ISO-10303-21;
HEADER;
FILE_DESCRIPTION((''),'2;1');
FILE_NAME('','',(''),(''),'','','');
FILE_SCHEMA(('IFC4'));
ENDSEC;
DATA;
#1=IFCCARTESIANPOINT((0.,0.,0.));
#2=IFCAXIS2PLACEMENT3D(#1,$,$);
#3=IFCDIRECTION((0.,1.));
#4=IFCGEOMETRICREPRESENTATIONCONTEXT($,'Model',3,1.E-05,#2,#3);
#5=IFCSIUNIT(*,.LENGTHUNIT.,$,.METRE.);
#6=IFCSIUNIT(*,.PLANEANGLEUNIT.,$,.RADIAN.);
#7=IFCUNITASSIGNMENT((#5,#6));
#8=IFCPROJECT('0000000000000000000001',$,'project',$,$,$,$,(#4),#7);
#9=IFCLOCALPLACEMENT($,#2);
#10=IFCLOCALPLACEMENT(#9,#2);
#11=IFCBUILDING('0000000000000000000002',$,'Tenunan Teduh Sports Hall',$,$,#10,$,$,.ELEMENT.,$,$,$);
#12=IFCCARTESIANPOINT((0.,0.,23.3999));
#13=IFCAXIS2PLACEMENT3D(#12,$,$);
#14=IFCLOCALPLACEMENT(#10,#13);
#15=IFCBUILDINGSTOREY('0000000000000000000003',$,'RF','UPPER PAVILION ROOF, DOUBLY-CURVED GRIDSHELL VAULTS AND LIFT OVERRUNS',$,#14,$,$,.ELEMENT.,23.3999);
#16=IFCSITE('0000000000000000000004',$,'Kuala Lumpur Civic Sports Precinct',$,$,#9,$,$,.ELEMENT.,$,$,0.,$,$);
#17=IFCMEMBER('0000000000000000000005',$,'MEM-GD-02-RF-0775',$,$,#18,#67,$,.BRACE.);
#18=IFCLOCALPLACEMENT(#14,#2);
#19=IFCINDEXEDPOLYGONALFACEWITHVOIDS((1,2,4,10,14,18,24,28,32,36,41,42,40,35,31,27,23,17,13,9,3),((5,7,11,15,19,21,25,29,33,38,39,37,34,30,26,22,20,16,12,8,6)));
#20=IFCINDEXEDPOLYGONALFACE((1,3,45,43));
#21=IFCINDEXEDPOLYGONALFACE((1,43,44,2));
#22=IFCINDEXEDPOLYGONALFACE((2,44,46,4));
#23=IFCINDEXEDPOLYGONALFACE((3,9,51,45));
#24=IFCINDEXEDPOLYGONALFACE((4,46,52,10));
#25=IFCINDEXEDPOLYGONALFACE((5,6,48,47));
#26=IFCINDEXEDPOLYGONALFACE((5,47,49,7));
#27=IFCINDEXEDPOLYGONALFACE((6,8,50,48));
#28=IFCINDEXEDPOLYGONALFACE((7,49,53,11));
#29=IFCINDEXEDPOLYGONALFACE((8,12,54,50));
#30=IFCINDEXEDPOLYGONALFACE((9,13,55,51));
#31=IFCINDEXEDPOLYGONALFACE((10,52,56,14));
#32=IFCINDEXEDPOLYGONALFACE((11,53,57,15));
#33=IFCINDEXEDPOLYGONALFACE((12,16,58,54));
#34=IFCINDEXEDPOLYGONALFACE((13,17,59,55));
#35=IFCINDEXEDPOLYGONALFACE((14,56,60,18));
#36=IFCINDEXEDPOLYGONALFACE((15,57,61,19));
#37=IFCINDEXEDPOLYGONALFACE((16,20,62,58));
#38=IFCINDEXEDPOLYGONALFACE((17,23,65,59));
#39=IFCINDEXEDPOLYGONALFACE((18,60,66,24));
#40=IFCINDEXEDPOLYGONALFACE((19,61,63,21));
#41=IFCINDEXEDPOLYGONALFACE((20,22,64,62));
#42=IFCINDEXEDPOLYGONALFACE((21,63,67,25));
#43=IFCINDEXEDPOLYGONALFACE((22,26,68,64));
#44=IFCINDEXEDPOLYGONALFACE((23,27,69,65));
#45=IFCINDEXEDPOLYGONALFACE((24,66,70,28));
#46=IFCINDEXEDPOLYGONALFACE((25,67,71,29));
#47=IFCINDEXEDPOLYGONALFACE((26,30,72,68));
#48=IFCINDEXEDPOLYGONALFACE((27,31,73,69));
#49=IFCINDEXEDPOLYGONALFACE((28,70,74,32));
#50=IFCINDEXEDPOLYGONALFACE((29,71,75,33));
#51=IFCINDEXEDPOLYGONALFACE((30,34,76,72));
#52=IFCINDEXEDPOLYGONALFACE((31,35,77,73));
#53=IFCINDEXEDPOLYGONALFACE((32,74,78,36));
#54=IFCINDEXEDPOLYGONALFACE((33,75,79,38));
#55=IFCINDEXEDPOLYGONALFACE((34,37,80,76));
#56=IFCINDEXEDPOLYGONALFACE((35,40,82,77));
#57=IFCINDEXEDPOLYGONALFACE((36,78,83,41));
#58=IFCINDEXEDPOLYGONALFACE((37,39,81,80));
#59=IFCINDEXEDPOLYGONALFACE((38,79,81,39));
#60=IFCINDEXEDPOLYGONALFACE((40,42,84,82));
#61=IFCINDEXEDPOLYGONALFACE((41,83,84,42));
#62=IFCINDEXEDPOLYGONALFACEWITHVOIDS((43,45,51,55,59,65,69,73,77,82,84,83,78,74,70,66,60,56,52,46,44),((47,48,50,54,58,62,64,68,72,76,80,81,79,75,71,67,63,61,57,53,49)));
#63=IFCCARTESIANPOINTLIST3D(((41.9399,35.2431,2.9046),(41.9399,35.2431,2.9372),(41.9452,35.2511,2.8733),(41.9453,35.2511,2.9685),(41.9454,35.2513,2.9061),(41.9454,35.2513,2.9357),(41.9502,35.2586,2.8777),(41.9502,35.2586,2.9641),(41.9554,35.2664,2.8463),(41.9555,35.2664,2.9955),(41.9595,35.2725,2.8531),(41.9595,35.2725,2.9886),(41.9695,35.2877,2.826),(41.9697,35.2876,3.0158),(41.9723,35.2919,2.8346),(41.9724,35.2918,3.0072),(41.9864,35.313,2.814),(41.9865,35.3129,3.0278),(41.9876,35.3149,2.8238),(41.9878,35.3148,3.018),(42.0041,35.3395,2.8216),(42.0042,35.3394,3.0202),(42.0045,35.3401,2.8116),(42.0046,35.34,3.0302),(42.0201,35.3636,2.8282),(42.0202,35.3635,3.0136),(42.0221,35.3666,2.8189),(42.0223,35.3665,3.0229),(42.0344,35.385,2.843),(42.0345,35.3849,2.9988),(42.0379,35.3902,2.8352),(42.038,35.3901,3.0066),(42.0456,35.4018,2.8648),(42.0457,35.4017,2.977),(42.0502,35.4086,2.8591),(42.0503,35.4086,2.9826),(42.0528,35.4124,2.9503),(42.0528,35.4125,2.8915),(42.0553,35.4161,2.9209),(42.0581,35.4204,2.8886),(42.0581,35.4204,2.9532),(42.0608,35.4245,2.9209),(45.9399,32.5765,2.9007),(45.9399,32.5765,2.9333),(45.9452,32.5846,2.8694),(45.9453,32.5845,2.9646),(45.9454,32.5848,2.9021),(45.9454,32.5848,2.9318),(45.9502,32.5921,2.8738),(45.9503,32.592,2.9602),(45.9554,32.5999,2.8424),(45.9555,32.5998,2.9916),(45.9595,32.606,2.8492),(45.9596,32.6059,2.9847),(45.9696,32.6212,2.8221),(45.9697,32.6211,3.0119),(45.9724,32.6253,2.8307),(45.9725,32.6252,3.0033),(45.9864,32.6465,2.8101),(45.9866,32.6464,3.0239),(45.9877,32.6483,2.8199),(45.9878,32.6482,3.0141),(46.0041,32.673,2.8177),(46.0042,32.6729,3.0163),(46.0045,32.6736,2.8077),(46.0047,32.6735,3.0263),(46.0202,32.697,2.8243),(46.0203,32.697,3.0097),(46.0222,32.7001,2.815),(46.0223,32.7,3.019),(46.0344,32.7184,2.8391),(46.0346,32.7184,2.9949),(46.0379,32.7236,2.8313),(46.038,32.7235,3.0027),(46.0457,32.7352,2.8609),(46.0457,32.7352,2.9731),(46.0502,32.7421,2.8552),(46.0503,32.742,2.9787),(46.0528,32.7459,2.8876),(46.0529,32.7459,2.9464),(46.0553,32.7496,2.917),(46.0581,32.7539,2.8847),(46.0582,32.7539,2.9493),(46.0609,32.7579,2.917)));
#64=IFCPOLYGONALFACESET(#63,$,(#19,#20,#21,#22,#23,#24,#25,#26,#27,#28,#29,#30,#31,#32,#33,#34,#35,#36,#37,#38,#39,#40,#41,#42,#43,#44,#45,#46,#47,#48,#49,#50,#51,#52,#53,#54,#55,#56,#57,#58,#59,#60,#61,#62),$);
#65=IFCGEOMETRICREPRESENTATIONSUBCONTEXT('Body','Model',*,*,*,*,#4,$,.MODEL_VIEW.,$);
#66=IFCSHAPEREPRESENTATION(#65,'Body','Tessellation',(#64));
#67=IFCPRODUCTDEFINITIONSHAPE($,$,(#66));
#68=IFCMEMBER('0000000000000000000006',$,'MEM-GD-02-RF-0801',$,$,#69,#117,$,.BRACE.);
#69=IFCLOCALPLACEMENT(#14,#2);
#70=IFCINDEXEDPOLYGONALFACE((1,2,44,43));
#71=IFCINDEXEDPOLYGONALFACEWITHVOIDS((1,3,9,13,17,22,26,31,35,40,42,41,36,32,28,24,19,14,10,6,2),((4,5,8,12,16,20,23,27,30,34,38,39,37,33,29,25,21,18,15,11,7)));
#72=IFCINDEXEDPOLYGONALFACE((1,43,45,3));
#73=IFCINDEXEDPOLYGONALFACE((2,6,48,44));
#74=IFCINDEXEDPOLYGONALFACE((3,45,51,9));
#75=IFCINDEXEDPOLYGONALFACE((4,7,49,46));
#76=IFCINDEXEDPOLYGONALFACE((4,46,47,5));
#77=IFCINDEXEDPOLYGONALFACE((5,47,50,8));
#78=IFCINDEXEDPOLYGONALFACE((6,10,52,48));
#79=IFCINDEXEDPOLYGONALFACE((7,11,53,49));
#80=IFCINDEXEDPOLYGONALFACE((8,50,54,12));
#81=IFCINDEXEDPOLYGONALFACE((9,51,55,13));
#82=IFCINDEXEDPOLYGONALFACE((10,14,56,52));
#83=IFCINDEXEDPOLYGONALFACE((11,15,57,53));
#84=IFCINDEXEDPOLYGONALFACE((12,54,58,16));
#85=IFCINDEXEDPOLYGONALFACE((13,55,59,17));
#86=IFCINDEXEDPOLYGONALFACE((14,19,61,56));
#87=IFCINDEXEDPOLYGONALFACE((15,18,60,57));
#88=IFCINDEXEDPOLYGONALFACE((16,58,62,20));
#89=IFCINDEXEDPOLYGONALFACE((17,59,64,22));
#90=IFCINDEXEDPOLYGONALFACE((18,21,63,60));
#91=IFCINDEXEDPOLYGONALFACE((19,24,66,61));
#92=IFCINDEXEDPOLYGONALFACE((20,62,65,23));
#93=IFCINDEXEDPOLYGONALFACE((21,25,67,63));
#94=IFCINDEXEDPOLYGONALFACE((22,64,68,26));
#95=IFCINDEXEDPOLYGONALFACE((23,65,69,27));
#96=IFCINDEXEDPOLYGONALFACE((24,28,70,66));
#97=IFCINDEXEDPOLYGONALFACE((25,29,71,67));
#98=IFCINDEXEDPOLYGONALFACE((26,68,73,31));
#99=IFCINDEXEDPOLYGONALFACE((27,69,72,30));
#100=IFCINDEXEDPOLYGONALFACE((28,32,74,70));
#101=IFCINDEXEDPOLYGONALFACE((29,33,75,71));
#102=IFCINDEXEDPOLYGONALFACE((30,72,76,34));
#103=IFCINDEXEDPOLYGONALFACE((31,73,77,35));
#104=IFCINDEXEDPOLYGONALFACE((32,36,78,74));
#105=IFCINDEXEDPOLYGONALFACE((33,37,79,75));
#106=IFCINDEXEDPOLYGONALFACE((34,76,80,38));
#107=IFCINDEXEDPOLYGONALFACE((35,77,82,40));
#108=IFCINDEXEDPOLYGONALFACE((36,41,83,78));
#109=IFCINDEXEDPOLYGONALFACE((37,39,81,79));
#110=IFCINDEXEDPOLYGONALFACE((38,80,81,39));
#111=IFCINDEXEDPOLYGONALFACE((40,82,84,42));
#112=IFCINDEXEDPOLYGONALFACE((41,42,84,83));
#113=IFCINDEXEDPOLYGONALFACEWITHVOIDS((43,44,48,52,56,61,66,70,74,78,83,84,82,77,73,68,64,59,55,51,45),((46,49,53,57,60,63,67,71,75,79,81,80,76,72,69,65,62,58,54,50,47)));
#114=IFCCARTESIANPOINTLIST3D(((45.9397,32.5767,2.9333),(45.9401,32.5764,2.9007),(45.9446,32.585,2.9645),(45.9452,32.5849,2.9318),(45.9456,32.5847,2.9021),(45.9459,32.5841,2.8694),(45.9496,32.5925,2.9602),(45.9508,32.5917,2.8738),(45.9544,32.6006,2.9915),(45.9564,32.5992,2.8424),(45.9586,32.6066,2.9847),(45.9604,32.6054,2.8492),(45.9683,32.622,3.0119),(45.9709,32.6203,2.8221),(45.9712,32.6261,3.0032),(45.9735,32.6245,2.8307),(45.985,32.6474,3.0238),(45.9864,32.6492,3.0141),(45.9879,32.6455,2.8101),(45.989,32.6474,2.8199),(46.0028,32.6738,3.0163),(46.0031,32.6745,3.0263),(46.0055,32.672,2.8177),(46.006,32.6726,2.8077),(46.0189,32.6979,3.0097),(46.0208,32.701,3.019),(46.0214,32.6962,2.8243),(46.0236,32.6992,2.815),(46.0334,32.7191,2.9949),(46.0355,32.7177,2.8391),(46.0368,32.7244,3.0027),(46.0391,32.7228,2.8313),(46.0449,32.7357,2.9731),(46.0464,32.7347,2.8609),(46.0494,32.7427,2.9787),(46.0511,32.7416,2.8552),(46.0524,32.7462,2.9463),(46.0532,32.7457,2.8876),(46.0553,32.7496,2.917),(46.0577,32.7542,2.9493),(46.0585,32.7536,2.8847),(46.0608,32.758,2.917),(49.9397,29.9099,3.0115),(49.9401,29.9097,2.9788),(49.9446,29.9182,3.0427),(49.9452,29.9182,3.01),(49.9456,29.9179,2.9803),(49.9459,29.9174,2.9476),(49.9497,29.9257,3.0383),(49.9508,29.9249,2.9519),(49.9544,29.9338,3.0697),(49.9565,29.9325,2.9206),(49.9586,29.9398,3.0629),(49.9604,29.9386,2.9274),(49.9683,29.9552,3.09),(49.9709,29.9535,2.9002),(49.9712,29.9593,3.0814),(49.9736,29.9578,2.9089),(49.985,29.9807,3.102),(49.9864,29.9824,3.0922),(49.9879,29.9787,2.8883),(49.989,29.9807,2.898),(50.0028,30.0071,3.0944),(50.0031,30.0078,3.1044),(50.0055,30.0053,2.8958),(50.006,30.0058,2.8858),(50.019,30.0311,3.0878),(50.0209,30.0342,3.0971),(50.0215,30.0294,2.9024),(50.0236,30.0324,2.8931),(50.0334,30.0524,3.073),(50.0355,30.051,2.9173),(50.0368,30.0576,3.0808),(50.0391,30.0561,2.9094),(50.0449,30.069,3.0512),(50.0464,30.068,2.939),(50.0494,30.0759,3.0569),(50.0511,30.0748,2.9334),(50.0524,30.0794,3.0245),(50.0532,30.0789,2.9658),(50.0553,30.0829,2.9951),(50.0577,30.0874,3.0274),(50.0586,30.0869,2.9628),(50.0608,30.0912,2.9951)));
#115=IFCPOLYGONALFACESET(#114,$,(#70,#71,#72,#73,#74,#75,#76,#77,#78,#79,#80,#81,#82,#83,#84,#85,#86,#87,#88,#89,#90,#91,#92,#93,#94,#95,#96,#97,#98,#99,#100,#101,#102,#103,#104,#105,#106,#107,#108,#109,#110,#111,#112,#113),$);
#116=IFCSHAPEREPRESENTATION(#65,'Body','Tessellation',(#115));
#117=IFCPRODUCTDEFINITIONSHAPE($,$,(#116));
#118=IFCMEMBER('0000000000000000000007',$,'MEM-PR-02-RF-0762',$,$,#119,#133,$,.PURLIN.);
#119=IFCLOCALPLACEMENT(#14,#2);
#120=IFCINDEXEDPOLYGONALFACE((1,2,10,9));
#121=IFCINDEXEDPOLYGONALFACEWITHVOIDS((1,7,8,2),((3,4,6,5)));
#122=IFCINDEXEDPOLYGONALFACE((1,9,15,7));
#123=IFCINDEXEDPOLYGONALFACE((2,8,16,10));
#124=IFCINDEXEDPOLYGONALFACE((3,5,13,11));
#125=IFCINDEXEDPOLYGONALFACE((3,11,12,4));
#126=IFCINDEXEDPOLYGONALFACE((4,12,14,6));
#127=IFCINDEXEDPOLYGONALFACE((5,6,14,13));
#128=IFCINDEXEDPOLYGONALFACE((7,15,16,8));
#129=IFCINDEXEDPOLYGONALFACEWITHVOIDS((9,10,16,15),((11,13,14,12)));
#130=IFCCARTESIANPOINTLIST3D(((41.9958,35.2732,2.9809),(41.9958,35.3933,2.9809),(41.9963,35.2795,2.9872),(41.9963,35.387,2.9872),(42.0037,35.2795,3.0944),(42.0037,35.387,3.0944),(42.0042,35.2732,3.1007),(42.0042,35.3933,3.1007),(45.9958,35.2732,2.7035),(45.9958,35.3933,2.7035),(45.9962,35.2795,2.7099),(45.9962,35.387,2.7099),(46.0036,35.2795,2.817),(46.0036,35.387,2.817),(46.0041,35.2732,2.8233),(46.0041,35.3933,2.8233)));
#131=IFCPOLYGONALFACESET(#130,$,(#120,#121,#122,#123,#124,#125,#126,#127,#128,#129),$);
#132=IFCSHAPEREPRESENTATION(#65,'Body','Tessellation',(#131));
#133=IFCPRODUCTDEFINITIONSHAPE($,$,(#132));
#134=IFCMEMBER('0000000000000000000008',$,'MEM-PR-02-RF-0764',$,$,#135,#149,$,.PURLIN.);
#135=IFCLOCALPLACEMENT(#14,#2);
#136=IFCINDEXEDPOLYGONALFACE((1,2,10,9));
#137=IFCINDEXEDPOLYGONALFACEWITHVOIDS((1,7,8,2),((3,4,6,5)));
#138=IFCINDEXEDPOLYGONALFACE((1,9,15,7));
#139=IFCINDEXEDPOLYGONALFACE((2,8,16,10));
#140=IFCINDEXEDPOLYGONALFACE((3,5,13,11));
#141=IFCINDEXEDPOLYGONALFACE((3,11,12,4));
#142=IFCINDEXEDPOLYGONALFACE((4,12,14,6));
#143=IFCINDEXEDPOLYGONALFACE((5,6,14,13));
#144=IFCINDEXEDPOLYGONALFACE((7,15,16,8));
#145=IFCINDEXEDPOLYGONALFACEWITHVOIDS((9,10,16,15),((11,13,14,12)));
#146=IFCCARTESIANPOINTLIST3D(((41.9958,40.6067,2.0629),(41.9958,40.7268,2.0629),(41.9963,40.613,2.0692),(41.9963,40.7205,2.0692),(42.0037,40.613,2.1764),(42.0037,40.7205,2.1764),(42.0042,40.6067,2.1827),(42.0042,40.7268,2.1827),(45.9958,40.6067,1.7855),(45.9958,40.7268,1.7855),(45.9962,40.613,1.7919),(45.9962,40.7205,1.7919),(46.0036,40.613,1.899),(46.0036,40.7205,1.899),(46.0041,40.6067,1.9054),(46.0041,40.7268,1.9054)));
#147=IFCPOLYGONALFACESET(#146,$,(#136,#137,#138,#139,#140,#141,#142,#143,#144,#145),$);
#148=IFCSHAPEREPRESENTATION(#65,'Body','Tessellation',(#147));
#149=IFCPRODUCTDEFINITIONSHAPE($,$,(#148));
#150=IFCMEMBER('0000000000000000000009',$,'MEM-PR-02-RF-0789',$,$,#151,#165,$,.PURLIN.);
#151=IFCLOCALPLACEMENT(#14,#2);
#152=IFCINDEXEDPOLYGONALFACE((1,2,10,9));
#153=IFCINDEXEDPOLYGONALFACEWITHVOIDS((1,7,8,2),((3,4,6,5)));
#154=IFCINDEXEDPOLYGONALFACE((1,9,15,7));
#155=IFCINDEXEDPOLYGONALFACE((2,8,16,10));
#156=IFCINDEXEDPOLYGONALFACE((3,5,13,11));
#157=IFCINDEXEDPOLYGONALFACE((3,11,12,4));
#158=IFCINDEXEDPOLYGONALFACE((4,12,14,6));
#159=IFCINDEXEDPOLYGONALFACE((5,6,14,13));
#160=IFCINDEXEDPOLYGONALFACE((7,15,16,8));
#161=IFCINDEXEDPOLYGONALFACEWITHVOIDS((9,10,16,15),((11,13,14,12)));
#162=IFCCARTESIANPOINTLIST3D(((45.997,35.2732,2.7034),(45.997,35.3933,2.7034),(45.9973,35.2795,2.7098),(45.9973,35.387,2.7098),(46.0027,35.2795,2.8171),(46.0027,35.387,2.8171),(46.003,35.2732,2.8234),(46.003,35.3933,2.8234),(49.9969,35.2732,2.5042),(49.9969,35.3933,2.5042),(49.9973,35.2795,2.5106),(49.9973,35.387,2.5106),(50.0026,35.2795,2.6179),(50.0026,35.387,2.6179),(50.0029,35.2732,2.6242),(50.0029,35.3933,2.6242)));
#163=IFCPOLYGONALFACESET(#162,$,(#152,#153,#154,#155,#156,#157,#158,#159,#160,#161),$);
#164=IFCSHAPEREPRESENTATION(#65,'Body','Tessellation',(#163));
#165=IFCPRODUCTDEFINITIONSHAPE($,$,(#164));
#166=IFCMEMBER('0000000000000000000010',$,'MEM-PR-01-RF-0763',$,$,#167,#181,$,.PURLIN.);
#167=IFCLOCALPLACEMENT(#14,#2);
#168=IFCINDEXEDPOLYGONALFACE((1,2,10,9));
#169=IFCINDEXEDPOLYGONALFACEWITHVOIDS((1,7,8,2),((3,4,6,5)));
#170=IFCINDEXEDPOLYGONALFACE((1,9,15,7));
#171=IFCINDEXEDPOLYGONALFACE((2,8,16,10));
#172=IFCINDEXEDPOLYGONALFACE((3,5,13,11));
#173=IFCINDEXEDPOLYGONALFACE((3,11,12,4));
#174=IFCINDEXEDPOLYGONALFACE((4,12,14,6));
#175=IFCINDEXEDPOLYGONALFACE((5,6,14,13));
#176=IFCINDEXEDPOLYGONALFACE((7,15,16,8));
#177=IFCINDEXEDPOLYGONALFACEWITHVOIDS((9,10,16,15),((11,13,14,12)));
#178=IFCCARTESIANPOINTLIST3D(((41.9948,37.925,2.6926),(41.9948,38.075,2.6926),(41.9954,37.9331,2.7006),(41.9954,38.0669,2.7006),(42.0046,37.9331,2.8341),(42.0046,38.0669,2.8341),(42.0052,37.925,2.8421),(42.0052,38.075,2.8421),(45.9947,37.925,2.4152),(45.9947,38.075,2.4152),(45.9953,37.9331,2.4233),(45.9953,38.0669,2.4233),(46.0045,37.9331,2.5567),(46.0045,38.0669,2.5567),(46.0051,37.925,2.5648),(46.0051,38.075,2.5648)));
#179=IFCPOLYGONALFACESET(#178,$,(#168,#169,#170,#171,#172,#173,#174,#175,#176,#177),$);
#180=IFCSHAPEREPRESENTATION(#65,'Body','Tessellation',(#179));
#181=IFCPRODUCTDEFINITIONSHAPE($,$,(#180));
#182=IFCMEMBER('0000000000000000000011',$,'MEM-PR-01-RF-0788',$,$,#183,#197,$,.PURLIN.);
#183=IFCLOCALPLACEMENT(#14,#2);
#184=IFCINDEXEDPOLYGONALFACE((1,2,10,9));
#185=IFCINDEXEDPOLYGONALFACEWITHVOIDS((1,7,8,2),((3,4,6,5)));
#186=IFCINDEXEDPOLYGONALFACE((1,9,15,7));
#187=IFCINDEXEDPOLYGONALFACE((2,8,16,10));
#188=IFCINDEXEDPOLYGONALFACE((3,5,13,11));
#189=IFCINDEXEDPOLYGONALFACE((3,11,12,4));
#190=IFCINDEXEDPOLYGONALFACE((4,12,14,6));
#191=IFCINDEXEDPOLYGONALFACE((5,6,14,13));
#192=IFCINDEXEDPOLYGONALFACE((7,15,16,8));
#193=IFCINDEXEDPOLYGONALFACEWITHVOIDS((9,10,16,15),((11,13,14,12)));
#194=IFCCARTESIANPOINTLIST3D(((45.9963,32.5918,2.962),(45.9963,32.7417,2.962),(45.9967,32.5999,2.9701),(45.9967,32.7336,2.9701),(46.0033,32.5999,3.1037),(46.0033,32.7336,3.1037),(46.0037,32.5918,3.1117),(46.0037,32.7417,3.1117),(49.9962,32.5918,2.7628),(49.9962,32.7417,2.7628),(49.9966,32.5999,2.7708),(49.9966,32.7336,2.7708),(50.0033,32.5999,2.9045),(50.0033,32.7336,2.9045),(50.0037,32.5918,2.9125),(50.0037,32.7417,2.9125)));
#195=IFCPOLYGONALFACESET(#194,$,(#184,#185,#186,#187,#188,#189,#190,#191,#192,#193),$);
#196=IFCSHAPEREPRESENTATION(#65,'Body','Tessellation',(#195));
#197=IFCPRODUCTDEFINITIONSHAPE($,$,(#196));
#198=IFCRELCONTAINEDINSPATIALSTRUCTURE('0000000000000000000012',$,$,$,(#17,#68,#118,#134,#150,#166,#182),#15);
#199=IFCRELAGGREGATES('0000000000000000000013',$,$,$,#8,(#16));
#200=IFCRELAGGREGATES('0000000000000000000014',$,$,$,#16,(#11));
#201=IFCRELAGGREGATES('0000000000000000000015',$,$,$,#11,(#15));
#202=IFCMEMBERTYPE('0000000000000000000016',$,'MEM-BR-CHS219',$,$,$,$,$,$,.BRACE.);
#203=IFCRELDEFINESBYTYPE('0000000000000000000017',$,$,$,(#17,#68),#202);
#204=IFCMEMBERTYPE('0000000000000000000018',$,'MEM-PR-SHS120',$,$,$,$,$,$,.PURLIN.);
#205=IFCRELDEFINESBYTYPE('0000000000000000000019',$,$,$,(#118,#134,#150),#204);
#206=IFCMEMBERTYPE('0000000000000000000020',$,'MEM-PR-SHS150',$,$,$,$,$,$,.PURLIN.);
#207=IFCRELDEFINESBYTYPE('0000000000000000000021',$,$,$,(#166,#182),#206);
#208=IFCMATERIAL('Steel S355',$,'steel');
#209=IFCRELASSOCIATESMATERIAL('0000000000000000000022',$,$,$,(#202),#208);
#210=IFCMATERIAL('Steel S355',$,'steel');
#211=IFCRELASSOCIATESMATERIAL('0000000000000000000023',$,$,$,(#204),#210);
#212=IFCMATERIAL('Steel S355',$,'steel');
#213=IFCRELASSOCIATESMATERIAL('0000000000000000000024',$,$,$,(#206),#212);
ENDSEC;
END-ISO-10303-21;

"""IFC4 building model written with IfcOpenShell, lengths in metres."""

from ifc_helpers import new_model, si_unit, direction, frame, origin, origin_2d, place, context, subcontext, project, spatial, hollow_rectangle, hollow_circle, extrude, material, material_profile, profile_set, type_object, element, save


model = new_model("IFC4")

# Units and contexts
model_context = context("Model", 3, precision=1e-05, world=origin(), true_north=direction((0.0, 1.0)))
body_context = subcontext(model_context, "Body", "Model", "MODEL_VIEW")
ifc_project = project(units=[si_unit("LENGTHUNIT", "METRE"), si_unit("PLANEANGLEUNIT", "RADIAN")], contexts=[model_context])

# Site, building, storey
site_placement = place(None, origin())
site = spatial("IfcSite", under=ifc_project, at=site_placement, Name="Kuala Lumpur Civic Sports Precinct", CompositionType="ELEMENT", RefElevation=0.0)
building_placement = place(site_placement, origin())
building = spatial("IfcBuilding", under=site, at=building_placement, Name="Tenunan Teduh Sports Hall", CompositionType="ELEMENT")
storey_placement = place(building_placement, frame((0.0, 0.0, 23.3999)))
storey = spatial("IfcBuildingStorey", under=building, at=storey_placement, Name="RF", Description="UPPER PAVILION ROOF, DOUBLY-CURVED GRIDSHELL VAULTS AND LIFT OVERRUNS", CompositionType="ELEMENT", Elevation=23.3999)

# Members
ifc_material_1 = material(Name="Steel S355", Category="steel")
ifc_material_profile_1 = material_profile(ifc_material_1, hollow_circle(Radius=0.1096, WallThickness=0.01, at=origin_2d()), Name="CHS 219.1x10.0")
ifc_profile_set_1 = profile_set([ifc_material_profile_1], Name="Steel S355")
member_type_1 = type_object("IfcMemberType", Name="MEM-BR-CHS219", PredefinedType="BRACE", material=ifc_profile_set_1)
member_1_placement = place(storey_placement, frame((42.0, 35.3333, 2.9209), z_axis=(0.832066, -0.554677, -0.000813), x_axis=(0.554677, 0.832066, 0.0)))
element("IfcMember", 1, at=member_1_placement, inside=storey, type_object=member_type_1, Name="MEM-GD-02-RF-0775", PredefinedType="BRACE", context=body_context, shape_type="SweptSolid", body=[
    extrude(hollow_circle(Radius=0.1096, WallThickness=0.01, at=origin_2d()), origin(), (0.0, 0.0, 1.0), 4.8074),
])
member_2_placement = place(storey_placement, frame((46.0, 32.6667, 2.917), z_axis=(0.831933, -0.554639, 0.016249), x_axis=(0.554712, 0.832042, 0.0)))
element("IfcMember", 2, at=member_2_placement, inside=storey, type_object=member_type_1, Name="MEM-GD-02-RF-0801", PredefinedType="BRACE", context=body_context, shape_type="SweptSolid", body=[
    extrude(hollow_circle(Radius=0.1096, WallThickness=0.01, at=origin_2d()), origin(), (0.0, 0.0, 1.0), 4.8081),
])
ifc_material_2 = material(Name="Steel S355", Category="steel")
ifc_material_profile_2 = material_profile(ifc_material_2, hollow_rectangle(XDim=0.1201, YDim=0.1201, WallThickness=0.0063, at=origin_2d()), Name="SHS 120x120x6.3")
ifc_profile_set_2 = profile_set([ifc_material_profile_2], Name="Steel S355")
member_type_2 = type_object("IfcMemberType", Name="MEM-PR-SHS120", PredefinedType="PURLIN", material=ifc_profile_set_2)
for number, where, z_axis, x_axis, name in (
    (3, (42.0, 35.3333, 3.0408), (0.997605, 0.0, -0.06917), (0.0, 1.0, 0.0), "MEM-PR-02-RF-0762"),
    (4, (42.0, 40.6667, 2.1228), (0.997605, 0.0, -0.06917), (0.0, 1.0, 0.0), "MEM-PR-02-RF-0764"),
):
    element("IfcMember", number, at=place(storey_placement, frame(where, z_axis=z_axis, x_axis=x_axis)), inside=storey, type_object=member_type_2, Name=name, PredefinedType="PURLIN", context=body_context, shape_type="SweptSolid", body=[
        extrude(hollow_rectangle(XDim=0.1201, YDim=0.1201, WallThickness=0.0063, at=origin_2d()), origin(), (0.0, 0.0, 1.0), 4.0095),
    ])
member_3_placement = place(storey_placement, frame((46.0, 35.3333, 2.7634), z_axis=(0.998762, 0.0, -0.049743), x_axis=(0.0, 1.0, 0.0)))
element("IfcMember", 5, at=member_3_placement, inside=storey, type_object=member_type_2, Name="MEM-PR-02-RF-0789", PredefinedType="PURLIN", context=body_context, shape_type="SweptSolid", body=[
    extrude(hollow_rectangle(XDim=0.1201, YDim=0.1201, WallThickness=0.0063, at=origin_2d()), origin(), (0.0, 0.0, 1.0), 4.0049),
])
ifc_material_3 = material(Name="Steel S355", Category="steel")
ifc_material_profile_3 = material_profile(ifc_material_3, hollow_rectangle(XDim=0.1499, YDim=0.1499, WallThickness=0.0081, at=origin_2d()), Name="SHS 150x150x8.0")
ifc_profile_set_3 = profile_set([ifc_material_profile_3], Name="Steel S355")
member_type_3 = type_object("IfcMemberType", Name="MEM-PR-SHS150", PredefinedType="PURLIN", material=ifc_profile_set_3)
member_4_placement = place(storey_placement, frame((42.0, 38.0, 2.7673), z_axis=(0.997605, 0.0, -0.06917), x_axis=(0.0, 1.0, 0.0)))
element("IfcMember", 6, at=member_4_placement, inside=storey, type_object=member_type_3, Name="MEM-PR-01-RF-0763", PredefinedType="PURLIN", context=body_context, shape_type="SweptSolid", body=[
    extrude(hollow_rectangle(XDim=0.1499, YDim=0.1499, WallThickness=0.0081, at=origin_2d()), origin(), (0.0, 0.0, 1.0), 4.0095),
])
for number, where, z_axis, x_axis, name in (
    (7, (46.0, 32.6667, 3.0369), (0.998762, 0.0, -0.049743), (0.0, 1.0, 0.0), "MEM-PR-01-RF-0788"),
):
    element("IfcMember", number, at=place(storey_placement, frame(where, z_axis=z_axis, x_axis=x_axis)), inside=storey, type_object=member_type_3, Name=name, PredefinedType="PURLIN", context=body_context, shape_type="SweptSolid", body=[
        extrude(hollow_rectangle(XDim=0.1499, YDim=0.1499, WallThickness=0.0081, at=origin_2d()), origin(), (0.0, 0.0, 1.0), 4.0049),
    ])

save(model, "model.ifc")
